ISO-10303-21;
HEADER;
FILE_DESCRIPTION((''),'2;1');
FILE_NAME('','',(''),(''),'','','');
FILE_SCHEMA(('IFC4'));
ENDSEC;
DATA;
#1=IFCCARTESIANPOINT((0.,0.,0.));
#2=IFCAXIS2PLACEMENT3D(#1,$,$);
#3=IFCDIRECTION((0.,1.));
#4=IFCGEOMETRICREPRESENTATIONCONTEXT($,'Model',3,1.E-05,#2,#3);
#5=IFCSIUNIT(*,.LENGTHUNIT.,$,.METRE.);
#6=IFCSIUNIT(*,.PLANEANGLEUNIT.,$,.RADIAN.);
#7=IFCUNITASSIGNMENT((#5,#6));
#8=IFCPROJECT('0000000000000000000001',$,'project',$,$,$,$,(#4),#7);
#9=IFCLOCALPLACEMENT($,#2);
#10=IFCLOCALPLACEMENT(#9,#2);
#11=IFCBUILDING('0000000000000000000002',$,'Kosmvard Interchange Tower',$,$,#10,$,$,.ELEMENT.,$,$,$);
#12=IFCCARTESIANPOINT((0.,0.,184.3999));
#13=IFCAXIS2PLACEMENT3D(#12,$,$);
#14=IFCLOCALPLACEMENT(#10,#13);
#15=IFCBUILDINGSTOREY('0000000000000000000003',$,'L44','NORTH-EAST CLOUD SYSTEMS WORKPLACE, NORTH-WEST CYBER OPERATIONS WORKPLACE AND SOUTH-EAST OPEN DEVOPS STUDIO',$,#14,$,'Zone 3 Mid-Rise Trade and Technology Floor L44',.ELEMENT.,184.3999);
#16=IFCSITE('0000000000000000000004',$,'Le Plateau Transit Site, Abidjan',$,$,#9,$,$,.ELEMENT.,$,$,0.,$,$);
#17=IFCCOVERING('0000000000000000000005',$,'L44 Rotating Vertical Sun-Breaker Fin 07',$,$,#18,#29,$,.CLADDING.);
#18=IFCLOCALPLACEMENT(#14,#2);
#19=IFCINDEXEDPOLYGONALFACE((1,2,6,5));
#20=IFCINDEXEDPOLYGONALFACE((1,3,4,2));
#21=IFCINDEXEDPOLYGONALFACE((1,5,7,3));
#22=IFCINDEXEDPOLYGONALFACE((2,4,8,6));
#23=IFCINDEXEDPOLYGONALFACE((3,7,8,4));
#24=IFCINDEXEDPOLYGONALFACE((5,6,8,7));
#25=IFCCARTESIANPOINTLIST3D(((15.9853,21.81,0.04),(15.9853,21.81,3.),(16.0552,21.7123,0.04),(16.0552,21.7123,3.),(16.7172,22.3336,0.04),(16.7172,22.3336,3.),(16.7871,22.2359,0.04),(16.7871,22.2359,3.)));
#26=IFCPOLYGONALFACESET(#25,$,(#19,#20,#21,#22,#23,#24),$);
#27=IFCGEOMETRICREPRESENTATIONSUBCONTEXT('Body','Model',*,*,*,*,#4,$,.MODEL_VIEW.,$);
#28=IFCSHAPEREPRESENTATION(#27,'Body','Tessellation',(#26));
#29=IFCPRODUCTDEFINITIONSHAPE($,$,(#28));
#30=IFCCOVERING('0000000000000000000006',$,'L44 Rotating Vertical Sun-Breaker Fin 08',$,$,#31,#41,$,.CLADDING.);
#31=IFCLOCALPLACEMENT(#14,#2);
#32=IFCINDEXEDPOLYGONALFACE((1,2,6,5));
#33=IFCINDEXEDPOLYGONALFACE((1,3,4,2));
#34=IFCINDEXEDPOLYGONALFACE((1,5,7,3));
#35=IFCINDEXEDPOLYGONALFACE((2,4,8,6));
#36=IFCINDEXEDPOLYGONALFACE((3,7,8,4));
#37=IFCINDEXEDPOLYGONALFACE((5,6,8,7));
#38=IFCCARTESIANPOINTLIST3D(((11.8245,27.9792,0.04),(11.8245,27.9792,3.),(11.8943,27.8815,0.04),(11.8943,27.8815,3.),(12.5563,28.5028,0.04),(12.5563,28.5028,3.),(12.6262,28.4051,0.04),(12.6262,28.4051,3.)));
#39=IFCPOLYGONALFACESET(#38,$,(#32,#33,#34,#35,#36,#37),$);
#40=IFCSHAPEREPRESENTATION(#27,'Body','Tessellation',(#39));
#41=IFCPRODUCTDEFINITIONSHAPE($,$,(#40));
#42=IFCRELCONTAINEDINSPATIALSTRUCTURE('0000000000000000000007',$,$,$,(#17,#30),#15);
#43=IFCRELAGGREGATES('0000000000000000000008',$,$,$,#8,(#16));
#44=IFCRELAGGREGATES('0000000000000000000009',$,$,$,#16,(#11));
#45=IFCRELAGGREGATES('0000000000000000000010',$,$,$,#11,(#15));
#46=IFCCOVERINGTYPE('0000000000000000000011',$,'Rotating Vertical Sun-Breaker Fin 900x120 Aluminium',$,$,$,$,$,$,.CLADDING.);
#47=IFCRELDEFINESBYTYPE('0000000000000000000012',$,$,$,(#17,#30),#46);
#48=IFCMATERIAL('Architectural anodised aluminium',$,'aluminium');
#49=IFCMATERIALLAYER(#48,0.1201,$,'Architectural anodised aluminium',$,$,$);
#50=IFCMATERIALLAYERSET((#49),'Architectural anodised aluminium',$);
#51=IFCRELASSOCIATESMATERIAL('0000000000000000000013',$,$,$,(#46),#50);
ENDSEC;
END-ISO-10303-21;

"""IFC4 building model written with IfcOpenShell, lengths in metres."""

from ifc_helpers import new_model, si_unit, direction, frame, origin, origin_2d, place, context, subcontext, project, spatial, rectangle, extrude, source, transform, mapped, material, layer, layer_set, type_object, element, save


model = new_model("IFC4")

# Units and contexts
model_context = context("Model", 3, precision=1e-05, world=origin(), true_north=direction((0.0, 1.0)))
body_context = subcontext(model_context, "Body", "Model", "MODEL_VIEW")
ifc_project = project(units=[si_unit("LENGTHUNIT", "METRE"), si_unit("PLANEANGLEUNIT", "RADIAN")], contexts=[model_context])

# Site, building, storey
site_placement = place(None, origin())
site = spatial("IfcSite", under=ifc_project, at=site_placement, Name="Le Plateau Transit Site, Abidjan", CompositionType="ELEMENT", RefElevation=0.0)
building_placement = place(site_placement, origin())
building = spatial("IfcBuilding", under=site, at=building_placement, Name="Kosmvard Interchange Tower", CompositionType="ELEMENT")
storey_placement = place(building_placement, frame((0.0, 0.0, 184.3999)))
storey = spatial("IfcBuildingStorey", under=building, at=storey_placement, Name="L44", Description="NORTH-EAST CLOUD SYSTEMS WORKPLACE, NORTH-WEST CYBER OPERATIONS WORKPLACE AND SOUTH-EAST OPEN DEVOPS STUDIO", LongName="Zone 3 Mid-Rise Trade and Technology Floor L44", CompositionType="ELEMENT", Elevation=184.3999)

# Coverings
ifc_material_1 = material(Name="Architectural anodised aluminium", Category="aluminium")
ifc_layer_1 = layer(ifc_material_1, 0.1201, Name="Architectural anodised aluminium")
ifc_layer_set_1 = layer_set([ifc_layer_1], Name="Architectural anodised aluminium")
covering_type = type_object("IfcCoveringType", Name="Rotating Vertical Sun-Breaker Fin 900x120 Aluminium", PredefinedType="CLADDING", material=ifc_layer_set_1)
shared_shape_1 = source(origin(), body_context, "Body", "SweptSolid", [
    extrude(rectangle(XDim=0.8999, YDim=0.1201, at=origin_2d()), origin(), (0.0, 0.0, 1.0), 2.96),
])
for number, where, z_axis, x_axis, name in (
    (1, (16.3862, 22.0229, 0.04), (0.0, 0.0, 1.0), (0.813304, 0.581839, 0.0), "L44 Rotating Vertical Sun-Breaker Fin 07"),
    (2, (12.2253, 28.1921, 0.04), (0.0, 0.0, 1.0), (0.813304, 0.581839, 0.0), "L44 Rotating Vertical Sun-Breaker Fin 08"),
):
    element("IfcCovering", number, at=place(storey_placement, frame(where, z_axis=z_axis, x_axis=x_axis)), inside=storey, type_object=covering_type, Name=name, PredefinedType="CLADDING", context=body_context, shape_type="MappedRepresentation", body=[
        mapped(shared_shape_1, transform((0.0, 0.0, 0.0), scale=1.0)),
    ])

save(model, "model.ifc")
